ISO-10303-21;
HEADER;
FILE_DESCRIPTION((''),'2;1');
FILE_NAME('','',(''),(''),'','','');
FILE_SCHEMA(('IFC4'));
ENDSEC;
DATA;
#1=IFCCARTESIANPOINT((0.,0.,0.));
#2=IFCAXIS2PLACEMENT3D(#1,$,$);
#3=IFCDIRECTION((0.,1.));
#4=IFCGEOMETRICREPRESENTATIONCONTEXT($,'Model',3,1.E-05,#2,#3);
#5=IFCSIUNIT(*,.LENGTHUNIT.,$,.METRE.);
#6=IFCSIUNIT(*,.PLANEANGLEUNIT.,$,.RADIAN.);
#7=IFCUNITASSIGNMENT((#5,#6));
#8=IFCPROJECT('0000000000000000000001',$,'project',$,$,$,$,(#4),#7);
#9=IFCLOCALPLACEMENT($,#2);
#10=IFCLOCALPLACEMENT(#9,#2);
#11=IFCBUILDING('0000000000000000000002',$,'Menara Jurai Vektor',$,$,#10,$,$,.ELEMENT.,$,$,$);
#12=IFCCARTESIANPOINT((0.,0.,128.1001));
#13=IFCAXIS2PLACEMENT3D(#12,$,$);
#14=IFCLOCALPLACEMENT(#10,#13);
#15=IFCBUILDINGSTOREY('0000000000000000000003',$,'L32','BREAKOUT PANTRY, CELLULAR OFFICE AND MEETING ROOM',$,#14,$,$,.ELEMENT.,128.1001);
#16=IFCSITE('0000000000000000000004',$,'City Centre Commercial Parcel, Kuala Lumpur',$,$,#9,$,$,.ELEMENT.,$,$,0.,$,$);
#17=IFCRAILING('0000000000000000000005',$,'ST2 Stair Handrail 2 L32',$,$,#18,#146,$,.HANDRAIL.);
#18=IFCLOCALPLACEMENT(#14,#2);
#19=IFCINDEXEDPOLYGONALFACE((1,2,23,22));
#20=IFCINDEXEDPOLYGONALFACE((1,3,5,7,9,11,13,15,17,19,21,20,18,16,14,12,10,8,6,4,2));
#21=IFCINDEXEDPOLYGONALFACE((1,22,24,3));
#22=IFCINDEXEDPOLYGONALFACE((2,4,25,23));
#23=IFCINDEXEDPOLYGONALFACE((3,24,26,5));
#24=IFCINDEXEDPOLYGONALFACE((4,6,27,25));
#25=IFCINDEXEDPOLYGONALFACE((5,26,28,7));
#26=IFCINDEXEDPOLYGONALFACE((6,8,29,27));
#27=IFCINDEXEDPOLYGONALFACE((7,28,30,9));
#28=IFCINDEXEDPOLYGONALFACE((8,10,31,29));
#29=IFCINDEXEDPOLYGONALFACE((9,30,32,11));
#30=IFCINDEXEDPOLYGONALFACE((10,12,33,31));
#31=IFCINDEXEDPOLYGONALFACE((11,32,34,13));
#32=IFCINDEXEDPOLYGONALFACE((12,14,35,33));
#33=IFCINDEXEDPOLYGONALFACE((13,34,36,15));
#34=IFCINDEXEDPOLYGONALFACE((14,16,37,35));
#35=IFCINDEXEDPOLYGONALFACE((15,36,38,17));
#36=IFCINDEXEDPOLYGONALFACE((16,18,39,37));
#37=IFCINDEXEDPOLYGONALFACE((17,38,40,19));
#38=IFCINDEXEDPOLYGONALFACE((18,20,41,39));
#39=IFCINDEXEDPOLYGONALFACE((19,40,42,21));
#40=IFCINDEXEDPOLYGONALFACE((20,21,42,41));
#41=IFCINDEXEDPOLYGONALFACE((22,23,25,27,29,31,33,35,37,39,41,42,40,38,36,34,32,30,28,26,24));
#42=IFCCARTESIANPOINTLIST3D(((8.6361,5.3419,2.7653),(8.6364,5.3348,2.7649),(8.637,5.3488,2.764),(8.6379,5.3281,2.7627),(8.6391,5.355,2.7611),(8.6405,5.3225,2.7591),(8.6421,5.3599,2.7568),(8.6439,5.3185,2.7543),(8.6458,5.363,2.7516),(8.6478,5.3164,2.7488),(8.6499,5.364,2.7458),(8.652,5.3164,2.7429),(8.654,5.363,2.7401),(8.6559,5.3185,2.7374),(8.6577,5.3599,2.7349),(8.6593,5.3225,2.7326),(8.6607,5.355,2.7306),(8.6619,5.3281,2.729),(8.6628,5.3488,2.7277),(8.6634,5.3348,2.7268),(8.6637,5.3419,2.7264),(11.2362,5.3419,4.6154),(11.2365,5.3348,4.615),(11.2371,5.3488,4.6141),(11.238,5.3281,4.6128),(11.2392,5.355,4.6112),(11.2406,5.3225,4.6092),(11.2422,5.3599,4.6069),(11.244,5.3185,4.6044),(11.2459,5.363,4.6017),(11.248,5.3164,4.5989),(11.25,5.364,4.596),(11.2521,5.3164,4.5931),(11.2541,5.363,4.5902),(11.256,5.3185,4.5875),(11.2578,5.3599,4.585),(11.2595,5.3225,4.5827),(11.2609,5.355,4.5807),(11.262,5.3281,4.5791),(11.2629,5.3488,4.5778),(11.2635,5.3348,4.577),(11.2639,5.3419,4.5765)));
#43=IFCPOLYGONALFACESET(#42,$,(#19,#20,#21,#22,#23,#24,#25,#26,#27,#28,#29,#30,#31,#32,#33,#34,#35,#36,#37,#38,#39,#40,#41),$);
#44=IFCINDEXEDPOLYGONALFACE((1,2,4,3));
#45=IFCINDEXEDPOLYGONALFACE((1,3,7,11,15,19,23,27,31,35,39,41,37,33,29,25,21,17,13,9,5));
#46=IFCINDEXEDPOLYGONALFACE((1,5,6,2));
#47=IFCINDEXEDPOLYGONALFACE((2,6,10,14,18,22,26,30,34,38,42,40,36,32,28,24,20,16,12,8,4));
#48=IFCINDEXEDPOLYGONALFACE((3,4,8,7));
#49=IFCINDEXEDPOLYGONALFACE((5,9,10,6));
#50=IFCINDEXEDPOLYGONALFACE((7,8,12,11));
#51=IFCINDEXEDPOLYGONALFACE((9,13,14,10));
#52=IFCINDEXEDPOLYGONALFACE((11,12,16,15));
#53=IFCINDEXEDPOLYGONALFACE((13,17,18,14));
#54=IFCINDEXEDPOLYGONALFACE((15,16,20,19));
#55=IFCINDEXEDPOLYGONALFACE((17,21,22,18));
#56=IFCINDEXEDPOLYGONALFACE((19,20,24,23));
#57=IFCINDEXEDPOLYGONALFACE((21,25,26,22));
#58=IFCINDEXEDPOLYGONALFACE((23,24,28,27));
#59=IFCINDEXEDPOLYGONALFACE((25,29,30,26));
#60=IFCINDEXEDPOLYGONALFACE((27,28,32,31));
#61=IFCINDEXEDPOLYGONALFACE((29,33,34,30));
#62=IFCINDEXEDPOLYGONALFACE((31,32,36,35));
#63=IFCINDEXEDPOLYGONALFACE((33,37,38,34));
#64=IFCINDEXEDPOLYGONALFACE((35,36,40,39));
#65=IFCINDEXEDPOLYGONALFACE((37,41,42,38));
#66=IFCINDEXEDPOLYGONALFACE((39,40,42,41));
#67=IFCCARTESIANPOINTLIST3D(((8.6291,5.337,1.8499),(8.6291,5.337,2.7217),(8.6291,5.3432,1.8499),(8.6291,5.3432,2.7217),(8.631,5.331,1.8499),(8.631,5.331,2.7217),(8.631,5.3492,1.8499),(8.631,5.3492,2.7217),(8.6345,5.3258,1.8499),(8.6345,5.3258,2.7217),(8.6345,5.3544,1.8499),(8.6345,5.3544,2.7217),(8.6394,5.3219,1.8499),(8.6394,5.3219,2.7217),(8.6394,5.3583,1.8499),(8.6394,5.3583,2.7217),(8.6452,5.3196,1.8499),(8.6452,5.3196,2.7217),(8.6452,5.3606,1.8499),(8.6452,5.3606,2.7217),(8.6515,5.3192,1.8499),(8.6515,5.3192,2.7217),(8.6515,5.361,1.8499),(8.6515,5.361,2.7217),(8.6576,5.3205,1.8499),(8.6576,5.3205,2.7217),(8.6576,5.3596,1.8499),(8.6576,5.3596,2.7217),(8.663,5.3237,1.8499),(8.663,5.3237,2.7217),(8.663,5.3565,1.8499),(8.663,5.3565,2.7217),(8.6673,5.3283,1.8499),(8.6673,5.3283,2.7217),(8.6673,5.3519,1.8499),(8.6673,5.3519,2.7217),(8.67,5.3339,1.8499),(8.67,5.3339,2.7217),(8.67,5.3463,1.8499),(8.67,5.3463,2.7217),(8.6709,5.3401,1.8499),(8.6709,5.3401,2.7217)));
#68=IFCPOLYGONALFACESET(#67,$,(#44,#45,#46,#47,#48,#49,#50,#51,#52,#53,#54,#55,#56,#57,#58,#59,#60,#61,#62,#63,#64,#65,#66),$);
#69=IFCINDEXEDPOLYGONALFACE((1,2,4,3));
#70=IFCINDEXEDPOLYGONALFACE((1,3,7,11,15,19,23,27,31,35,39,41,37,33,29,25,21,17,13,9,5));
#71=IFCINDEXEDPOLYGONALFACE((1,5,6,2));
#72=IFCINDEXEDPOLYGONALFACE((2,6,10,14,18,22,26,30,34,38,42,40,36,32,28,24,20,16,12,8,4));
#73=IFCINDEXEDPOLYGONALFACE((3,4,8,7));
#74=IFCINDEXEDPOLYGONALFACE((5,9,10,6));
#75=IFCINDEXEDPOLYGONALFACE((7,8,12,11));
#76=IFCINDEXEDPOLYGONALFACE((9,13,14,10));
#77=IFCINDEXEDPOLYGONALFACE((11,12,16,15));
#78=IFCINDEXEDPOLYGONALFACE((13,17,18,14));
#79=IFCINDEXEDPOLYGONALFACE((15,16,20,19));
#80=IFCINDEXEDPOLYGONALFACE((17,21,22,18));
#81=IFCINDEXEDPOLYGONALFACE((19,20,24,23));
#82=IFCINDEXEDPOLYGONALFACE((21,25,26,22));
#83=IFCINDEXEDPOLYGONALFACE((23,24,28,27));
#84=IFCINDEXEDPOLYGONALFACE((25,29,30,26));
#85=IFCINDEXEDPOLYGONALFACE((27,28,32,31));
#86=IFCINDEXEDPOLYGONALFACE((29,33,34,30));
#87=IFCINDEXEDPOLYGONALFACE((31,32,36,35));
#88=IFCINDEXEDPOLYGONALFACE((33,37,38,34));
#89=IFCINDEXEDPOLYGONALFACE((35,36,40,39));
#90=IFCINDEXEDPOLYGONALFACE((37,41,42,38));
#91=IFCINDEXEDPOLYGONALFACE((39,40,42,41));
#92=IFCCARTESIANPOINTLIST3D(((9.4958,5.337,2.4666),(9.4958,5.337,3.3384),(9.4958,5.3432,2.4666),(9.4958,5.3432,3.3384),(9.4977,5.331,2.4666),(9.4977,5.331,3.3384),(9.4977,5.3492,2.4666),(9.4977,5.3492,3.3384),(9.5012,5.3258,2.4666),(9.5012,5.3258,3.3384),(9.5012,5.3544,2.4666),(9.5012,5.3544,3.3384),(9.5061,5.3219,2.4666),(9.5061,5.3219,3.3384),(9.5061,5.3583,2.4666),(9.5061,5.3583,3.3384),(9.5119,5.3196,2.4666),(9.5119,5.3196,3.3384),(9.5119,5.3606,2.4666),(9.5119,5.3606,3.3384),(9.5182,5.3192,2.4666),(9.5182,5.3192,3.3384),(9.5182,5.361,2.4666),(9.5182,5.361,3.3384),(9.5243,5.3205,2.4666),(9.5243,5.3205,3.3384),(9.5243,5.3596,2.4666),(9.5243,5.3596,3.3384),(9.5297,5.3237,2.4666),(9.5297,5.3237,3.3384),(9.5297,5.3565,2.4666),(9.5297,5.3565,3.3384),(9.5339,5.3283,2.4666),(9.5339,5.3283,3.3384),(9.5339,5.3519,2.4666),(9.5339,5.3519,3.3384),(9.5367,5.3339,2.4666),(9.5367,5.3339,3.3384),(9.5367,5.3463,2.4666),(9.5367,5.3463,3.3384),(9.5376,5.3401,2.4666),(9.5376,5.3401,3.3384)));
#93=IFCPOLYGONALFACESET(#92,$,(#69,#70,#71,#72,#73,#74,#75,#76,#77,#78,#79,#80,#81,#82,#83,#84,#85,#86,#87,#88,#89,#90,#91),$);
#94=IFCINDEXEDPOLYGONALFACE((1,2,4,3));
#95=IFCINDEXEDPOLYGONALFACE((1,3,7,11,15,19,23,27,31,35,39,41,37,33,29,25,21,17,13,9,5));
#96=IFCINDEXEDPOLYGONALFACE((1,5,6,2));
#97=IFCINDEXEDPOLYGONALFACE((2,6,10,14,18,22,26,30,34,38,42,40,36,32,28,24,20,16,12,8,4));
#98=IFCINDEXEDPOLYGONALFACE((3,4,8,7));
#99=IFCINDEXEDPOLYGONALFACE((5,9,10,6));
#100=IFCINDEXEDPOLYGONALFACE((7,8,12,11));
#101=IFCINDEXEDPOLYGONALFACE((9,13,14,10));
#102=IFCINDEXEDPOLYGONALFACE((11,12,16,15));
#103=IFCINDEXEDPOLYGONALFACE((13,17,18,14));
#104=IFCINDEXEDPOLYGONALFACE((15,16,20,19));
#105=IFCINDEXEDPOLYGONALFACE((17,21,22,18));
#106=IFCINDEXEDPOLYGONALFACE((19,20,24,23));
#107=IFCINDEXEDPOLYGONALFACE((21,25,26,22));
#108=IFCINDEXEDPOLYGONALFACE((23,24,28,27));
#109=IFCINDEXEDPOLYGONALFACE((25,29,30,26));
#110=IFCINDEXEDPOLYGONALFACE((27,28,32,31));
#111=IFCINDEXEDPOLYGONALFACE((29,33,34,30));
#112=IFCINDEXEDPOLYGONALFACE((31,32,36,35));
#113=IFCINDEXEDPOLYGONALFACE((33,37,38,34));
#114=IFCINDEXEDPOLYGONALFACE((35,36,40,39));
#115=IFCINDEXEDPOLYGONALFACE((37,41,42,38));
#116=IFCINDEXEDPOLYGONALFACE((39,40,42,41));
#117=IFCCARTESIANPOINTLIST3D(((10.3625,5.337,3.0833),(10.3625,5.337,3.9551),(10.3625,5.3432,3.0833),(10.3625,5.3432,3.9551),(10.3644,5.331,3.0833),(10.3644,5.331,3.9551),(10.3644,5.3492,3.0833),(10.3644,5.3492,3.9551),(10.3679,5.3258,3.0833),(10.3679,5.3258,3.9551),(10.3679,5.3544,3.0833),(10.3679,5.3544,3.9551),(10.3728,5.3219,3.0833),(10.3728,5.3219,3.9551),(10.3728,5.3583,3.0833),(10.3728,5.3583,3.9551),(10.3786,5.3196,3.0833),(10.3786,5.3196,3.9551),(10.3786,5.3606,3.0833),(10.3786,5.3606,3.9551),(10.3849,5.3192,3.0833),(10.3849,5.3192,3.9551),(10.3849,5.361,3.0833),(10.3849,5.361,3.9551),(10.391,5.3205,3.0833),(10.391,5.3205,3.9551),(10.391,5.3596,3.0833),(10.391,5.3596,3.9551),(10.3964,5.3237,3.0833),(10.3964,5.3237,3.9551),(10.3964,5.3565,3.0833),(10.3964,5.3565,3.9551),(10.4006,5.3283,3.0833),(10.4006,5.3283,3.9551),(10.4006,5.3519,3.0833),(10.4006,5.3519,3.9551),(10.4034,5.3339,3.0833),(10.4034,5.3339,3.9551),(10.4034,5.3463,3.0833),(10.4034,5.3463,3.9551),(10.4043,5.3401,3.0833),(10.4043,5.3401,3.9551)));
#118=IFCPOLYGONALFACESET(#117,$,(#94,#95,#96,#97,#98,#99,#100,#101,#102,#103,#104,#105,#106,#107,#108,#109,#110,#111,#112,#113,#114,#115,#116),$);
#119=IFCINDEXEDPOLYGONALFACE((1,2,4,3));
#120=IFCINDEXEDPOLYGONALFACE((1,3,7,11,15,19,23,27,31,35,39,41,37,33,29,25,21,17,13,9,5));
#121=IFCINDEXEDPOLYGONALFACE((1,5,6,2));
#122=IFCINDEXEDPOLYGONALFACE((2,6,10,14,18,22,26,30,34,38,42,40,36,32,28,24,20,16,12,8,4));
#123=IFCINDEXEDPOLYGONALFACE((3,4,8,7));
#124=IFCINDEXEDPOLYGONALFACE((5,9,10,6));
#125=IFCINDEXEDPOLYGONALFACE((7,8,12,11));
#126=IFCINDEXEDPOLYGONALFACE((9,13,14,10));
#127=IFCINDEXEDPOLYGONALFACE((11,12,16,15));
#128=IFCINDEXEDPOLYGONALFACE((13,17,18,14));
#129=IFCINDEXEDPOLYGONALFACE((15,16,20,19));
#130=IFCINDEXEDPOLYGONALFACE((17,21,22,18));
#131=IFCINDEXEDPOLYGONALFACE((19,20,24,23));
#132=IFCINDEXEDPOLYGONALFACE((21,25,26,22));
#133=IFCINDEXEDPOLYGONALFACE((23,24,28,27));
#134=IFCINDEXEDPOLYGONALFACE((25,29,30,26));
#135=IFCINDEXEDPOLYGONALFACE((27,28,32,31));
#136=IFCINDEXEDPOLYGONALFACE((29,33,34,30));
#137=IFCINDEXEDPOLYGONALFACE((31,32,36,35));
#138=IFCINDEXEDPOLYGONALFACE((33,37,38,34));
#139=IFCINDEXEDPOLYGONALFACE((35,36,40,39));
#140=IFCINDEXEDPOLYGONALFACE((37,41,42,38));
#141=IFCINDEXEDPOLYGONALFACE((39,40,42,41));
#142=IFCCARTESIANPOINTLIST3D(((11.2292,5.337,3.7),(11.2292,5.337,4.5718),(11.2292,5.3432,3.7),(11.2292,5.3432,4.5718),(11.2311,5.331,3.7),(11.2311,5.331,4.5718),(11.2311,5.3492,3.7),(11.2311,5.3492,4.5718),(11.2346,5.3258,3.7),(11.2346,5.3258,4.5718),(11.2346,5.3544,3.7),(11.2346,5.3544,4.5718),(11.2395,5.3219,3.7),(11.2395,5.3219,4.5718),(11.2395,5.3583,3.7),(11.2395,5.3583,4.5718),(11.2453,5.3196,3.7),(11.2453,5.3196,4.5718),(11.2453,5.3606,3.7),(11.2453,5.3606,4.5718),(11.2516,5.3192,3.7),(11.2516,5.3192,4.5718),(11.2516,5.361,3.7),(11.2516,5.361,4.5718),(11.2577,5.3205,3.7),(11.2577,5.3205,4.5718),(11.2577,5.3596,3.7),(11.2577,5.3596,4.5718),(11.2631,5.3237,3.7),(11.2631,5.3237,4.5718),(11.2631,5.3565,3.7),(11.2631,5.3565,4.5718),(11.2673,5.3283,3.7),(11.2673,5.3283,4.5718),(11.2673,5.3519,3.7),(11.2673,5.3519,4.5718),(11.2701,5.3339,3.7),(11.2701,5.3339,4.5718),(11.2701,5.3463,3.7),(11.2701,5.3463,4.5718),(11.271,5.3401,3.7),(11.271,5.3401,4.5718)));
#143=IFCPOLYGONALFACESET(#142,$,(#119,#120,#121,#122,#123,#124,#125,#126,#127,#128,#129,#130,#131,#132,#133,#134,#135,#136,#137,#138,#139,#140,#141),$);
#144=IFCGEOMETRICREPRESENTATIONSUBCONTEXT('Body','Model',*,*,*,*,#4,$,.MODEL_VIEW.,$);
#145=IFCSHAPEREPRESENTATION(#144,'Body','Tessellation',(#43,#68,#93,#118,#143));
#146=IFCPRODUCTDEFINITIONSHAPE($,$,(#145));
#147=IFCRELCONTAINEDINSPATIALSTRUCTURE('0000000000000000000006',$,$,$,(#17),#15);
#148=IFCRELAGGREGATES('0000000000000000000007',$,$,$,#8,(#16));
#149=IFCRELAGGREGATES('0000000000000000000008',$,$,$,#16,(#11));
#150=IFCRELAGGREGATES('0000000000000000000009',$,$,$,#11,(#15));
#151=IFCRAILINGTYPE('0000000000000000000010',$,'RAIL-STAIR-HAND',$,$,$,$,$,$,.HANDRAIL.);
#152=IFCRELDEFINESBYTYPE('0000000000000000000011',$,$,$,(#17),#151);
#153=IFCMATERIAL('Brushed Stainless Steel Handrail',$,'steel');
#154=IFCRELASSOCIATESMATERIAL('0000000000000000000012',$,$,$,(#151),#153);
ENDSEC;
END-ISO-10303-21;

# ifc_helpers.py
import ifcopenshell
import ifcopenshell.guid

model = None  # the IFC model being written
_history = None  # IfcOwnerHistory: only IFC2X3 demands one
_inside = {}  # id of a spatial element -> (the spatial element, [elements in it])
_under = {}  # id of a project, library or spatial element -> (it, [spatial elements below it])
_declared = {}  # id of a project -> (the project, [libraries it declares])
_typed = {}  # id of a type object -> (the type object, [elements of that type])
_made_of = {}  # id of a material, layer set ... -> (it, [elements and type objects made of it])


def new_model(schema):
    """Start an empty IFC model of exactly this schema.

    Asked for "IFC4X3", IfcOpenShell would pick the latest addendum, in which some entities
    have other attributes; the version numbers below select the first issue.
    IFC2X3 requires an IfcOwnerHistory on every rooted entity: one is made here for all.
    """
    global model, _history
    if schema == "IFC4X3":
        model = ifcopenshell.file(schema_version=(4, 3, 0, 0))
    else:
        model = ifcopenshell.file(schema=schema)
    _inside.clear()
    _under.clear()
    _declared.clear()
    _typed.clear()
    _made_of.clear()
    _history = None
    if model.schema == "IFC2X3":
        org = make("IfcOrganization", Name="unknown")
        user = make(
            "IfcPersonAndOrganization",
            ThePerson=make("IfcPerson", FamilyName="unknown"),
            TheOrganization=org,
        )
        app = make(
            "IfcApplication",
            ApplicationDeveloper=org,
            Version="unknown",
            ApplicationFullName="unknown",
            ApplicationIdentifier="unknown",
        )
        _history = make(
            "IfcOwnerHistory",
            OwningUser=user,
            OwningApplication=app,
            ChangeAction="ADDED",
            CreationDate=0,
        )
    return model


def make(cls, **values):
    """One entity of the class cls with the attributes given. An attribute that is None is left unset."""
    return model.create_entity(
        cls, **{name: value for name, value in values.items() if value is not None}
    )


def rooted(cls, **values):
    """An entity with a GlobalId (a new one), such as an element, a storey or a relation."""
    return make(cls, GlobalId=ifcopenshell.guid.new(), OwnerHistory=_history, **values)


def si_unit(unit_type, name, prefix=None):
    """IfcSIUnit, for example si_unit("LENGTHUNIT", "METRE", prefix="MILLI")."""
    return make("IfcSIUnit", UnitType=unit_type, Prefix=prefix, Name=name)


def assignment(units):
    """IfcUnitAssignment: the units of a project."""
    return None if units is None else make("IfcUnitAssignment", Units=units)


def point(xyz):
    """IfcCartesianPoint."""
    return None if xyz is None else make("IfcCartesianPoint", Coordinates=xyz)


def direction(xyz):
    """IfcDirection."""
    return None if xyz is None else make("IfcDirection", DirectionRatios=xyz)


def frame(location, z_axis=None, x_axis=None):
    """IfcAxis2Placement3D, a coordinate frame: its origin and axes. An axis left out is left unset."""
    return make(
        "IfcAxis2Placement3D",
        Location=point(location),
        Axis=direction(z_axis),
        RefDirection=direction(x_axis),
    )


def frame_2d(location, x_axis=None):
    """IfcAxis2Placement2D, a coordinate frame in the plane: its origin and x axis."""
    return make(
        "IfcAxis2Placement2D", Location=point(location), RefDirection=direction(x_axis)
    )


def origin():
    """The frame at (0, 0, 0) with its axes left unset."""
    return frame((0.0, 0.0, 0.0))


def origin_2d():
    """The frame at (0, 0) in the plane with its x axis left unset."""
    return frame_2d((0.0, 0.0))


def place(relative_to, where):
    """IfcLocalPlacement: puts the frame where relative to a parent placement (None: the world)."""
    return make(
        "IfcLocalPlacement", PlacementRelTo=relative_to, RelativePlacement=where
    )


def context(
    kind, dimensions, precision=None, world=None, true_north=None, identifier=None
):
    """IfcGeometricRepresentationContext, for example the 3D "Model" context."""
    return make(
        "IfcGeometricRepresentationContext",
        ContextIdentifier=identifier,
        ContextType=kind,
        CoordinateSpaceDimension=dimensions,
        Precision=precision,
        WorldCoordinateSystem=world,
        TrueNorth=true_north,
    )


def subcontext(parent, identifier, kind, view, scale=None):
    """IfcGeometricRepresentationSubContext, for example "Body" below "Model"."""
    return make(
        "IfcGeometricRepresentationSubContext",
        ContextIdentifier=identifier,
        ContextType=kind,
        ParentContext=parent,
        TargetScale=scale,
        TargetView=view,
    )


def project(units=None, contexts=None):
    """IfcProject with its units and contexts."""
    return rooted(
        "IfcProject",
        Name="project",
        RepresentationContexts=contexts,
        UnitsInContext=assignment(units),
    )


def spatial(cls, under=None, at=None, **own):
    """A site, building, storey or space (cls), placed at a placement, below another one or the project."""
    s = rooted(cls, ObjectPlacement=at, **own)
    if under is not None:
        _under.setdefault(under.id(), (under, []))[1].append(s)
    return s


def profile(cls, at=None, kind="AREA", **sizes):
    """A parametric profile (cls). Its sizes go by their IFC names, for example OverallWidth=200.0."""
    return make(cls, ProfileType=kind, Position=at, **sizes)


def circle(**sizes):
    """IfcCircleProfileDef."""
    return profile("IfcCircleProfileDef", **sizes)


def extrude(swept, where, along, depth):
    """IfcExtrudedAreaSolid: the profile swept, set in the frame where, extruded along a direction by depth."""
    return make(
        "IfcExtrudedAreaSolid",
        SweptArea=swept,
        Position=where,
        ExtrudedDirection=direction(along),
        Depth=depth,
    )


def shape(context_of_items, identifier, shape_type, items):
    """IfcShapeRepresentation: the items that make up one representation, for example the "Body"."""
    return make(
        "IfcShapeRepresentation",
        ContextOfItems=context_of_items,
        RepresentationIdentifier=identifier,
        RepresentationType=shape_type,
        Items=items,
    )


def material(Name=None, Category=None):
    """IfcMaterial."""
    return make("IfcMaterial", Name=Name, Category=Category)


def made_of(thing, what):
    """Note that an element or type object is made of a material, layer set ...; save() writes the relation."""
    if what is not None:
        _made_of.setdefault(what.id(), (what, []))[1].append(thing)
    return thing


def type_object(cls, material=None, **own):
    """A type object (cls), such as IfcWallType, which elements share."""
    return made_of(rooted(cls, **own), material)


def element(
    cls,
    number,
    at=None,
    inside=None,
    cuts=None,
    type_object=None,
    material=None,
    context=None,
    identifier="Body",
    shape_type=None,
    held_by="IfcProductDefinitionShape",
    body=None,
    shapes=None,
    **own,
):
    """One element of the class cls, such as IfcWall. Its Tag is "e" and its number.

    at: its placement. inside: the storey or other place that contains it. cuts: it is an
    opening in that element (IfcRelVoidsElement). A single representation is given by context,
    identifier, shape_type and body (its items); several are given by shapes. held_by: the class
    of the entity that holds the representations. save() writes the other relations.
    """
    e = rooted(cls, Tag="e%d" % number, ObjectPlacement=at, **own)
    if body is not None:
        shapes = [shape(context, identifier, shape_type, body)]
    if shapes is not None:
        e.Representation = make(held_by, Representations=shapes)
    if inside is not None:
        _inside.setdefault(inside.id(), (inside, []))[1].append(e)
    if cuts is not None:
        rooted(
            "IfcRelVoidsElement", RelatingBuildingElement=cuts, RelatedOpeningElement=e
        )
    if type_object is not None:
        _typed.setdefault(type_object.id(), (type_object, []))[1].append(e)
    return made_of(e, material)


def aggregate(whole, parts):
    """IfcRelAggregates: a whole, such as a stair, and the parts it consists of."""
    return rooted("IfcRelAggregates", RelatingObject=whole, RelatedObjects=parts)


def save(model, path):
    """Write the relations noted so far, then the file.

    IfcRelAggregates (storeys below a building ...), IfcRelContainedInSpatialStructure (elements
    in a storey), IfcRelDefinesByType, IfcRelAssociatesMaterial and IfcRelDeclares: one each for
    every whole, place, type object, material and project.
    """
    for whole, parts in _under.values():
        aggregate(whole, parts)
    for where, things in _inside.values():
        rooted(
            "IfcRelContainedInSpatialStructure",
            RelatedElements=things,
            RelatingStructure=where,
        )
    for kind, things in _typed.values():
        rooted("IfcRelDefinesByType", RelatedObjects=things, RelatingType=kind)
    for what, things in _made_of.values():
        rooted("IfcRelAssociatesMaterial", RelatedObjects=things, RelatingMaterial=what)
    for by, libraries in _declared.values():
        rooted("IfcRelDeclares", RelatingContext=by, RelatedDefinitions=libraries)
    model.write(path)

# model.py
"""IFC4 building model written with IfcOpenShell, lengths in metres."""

from ifc_helpers import new_model, si_unit, direction, frame, origin, origin_2d, place, context, subcontext, project, spatial, circle, extrude, material, type_object, element, save


model = new_model("IFC4")

# Units and contexts
model_context = context("Model", 3, precision=1e-05, world=origin(), true_north=direction((0.0, 1.0)))
body_context = subcontext(model_context, "Body", "Model", "MODEL_VIEW")
ifc_project = project(units=[si_unit("LENGTHUNIT", "METRE"), si_unit("PLANEANGLEUNIT", "RADIAN")], contexts=[model_context])

# Site, building, storey
site_placement = place(None, origin())
site = spatial("IfcSite", under=ifc_project, at=site_placement, Name="City Centre Commercial Parcel, Kuala Lumpur", CompositionType="ELEMENT", RefElevation=0.0)
building_placement = place(site_placement, origin())
building = spatial("IfcBuilding", under=site, at=building_placement, Name="Menara Jurai Vektor", CompositionType="ELEMENT")
storey_placement = place(building_placement, frame((0.0, 0.0, 128.1001)))
storey = spatial("IfcBuildingStorey", under=building, at=storey_placement, Name="L32", Description="BREAKOUT PANTRY, CELLULAR OFFICE AND MEETING ROOM", CompositionType="ELEMENT", Elevation=128.1001)

# Railing
ifc_material_1 = material(Name="Brushed Stainless Steel Handrail", Category="steel")
railing_type_1 = type_object("IfcRailingType", Name="RAIL-STAIR-HAND", PredefinedType="HANDRAIL", material=ifc_material_1)
railing_1_placement = place(storey_placement, frame((8.6499, 5.3401, 1.8499)))
element("IfcRailing", 1, at=railing_1_placement, inside=storey, type_object=railing_type_1, Name="ST2 Stair Handrail 2 L32", PredefinedType="HANDRAIL", context=body_context, shape_type="SweptSolid", body=[
    extrude(circle(Radius=0.0239, at=origin_2d()), frame((0.0, 0.0, 0.896), z_axis=(0.814787, 0.0, 0.579761), x_axis=(0.0, 1.0, 0.0)), (0.0, 0.0, 1.0), 3.1912),
    extrude(circle(Radius=0.021, at=origin_2d()), origin(), (0.0, 0.0, 1.0), 0.8718),
    extrude(circle(Radius=0.021, at=origin_2d()), frame((0.8667, 0.0, 0.6167)), (0.0, 0.0, 1.0), 0.8718),
    extrude(circle(Radius=0.021, at=origin_2d()), frame((1.7334, 0.0, 1.2334)), (0.0, 0.0, 1.0), 0.8718),
    extrude(circle(Radius=0.021, at=origin_2d()), frame((2.6001, 0.0, 1.8501)), (0.0, 0.0, 1.0), 0.8718),
])

save(model, "model.ifc")
